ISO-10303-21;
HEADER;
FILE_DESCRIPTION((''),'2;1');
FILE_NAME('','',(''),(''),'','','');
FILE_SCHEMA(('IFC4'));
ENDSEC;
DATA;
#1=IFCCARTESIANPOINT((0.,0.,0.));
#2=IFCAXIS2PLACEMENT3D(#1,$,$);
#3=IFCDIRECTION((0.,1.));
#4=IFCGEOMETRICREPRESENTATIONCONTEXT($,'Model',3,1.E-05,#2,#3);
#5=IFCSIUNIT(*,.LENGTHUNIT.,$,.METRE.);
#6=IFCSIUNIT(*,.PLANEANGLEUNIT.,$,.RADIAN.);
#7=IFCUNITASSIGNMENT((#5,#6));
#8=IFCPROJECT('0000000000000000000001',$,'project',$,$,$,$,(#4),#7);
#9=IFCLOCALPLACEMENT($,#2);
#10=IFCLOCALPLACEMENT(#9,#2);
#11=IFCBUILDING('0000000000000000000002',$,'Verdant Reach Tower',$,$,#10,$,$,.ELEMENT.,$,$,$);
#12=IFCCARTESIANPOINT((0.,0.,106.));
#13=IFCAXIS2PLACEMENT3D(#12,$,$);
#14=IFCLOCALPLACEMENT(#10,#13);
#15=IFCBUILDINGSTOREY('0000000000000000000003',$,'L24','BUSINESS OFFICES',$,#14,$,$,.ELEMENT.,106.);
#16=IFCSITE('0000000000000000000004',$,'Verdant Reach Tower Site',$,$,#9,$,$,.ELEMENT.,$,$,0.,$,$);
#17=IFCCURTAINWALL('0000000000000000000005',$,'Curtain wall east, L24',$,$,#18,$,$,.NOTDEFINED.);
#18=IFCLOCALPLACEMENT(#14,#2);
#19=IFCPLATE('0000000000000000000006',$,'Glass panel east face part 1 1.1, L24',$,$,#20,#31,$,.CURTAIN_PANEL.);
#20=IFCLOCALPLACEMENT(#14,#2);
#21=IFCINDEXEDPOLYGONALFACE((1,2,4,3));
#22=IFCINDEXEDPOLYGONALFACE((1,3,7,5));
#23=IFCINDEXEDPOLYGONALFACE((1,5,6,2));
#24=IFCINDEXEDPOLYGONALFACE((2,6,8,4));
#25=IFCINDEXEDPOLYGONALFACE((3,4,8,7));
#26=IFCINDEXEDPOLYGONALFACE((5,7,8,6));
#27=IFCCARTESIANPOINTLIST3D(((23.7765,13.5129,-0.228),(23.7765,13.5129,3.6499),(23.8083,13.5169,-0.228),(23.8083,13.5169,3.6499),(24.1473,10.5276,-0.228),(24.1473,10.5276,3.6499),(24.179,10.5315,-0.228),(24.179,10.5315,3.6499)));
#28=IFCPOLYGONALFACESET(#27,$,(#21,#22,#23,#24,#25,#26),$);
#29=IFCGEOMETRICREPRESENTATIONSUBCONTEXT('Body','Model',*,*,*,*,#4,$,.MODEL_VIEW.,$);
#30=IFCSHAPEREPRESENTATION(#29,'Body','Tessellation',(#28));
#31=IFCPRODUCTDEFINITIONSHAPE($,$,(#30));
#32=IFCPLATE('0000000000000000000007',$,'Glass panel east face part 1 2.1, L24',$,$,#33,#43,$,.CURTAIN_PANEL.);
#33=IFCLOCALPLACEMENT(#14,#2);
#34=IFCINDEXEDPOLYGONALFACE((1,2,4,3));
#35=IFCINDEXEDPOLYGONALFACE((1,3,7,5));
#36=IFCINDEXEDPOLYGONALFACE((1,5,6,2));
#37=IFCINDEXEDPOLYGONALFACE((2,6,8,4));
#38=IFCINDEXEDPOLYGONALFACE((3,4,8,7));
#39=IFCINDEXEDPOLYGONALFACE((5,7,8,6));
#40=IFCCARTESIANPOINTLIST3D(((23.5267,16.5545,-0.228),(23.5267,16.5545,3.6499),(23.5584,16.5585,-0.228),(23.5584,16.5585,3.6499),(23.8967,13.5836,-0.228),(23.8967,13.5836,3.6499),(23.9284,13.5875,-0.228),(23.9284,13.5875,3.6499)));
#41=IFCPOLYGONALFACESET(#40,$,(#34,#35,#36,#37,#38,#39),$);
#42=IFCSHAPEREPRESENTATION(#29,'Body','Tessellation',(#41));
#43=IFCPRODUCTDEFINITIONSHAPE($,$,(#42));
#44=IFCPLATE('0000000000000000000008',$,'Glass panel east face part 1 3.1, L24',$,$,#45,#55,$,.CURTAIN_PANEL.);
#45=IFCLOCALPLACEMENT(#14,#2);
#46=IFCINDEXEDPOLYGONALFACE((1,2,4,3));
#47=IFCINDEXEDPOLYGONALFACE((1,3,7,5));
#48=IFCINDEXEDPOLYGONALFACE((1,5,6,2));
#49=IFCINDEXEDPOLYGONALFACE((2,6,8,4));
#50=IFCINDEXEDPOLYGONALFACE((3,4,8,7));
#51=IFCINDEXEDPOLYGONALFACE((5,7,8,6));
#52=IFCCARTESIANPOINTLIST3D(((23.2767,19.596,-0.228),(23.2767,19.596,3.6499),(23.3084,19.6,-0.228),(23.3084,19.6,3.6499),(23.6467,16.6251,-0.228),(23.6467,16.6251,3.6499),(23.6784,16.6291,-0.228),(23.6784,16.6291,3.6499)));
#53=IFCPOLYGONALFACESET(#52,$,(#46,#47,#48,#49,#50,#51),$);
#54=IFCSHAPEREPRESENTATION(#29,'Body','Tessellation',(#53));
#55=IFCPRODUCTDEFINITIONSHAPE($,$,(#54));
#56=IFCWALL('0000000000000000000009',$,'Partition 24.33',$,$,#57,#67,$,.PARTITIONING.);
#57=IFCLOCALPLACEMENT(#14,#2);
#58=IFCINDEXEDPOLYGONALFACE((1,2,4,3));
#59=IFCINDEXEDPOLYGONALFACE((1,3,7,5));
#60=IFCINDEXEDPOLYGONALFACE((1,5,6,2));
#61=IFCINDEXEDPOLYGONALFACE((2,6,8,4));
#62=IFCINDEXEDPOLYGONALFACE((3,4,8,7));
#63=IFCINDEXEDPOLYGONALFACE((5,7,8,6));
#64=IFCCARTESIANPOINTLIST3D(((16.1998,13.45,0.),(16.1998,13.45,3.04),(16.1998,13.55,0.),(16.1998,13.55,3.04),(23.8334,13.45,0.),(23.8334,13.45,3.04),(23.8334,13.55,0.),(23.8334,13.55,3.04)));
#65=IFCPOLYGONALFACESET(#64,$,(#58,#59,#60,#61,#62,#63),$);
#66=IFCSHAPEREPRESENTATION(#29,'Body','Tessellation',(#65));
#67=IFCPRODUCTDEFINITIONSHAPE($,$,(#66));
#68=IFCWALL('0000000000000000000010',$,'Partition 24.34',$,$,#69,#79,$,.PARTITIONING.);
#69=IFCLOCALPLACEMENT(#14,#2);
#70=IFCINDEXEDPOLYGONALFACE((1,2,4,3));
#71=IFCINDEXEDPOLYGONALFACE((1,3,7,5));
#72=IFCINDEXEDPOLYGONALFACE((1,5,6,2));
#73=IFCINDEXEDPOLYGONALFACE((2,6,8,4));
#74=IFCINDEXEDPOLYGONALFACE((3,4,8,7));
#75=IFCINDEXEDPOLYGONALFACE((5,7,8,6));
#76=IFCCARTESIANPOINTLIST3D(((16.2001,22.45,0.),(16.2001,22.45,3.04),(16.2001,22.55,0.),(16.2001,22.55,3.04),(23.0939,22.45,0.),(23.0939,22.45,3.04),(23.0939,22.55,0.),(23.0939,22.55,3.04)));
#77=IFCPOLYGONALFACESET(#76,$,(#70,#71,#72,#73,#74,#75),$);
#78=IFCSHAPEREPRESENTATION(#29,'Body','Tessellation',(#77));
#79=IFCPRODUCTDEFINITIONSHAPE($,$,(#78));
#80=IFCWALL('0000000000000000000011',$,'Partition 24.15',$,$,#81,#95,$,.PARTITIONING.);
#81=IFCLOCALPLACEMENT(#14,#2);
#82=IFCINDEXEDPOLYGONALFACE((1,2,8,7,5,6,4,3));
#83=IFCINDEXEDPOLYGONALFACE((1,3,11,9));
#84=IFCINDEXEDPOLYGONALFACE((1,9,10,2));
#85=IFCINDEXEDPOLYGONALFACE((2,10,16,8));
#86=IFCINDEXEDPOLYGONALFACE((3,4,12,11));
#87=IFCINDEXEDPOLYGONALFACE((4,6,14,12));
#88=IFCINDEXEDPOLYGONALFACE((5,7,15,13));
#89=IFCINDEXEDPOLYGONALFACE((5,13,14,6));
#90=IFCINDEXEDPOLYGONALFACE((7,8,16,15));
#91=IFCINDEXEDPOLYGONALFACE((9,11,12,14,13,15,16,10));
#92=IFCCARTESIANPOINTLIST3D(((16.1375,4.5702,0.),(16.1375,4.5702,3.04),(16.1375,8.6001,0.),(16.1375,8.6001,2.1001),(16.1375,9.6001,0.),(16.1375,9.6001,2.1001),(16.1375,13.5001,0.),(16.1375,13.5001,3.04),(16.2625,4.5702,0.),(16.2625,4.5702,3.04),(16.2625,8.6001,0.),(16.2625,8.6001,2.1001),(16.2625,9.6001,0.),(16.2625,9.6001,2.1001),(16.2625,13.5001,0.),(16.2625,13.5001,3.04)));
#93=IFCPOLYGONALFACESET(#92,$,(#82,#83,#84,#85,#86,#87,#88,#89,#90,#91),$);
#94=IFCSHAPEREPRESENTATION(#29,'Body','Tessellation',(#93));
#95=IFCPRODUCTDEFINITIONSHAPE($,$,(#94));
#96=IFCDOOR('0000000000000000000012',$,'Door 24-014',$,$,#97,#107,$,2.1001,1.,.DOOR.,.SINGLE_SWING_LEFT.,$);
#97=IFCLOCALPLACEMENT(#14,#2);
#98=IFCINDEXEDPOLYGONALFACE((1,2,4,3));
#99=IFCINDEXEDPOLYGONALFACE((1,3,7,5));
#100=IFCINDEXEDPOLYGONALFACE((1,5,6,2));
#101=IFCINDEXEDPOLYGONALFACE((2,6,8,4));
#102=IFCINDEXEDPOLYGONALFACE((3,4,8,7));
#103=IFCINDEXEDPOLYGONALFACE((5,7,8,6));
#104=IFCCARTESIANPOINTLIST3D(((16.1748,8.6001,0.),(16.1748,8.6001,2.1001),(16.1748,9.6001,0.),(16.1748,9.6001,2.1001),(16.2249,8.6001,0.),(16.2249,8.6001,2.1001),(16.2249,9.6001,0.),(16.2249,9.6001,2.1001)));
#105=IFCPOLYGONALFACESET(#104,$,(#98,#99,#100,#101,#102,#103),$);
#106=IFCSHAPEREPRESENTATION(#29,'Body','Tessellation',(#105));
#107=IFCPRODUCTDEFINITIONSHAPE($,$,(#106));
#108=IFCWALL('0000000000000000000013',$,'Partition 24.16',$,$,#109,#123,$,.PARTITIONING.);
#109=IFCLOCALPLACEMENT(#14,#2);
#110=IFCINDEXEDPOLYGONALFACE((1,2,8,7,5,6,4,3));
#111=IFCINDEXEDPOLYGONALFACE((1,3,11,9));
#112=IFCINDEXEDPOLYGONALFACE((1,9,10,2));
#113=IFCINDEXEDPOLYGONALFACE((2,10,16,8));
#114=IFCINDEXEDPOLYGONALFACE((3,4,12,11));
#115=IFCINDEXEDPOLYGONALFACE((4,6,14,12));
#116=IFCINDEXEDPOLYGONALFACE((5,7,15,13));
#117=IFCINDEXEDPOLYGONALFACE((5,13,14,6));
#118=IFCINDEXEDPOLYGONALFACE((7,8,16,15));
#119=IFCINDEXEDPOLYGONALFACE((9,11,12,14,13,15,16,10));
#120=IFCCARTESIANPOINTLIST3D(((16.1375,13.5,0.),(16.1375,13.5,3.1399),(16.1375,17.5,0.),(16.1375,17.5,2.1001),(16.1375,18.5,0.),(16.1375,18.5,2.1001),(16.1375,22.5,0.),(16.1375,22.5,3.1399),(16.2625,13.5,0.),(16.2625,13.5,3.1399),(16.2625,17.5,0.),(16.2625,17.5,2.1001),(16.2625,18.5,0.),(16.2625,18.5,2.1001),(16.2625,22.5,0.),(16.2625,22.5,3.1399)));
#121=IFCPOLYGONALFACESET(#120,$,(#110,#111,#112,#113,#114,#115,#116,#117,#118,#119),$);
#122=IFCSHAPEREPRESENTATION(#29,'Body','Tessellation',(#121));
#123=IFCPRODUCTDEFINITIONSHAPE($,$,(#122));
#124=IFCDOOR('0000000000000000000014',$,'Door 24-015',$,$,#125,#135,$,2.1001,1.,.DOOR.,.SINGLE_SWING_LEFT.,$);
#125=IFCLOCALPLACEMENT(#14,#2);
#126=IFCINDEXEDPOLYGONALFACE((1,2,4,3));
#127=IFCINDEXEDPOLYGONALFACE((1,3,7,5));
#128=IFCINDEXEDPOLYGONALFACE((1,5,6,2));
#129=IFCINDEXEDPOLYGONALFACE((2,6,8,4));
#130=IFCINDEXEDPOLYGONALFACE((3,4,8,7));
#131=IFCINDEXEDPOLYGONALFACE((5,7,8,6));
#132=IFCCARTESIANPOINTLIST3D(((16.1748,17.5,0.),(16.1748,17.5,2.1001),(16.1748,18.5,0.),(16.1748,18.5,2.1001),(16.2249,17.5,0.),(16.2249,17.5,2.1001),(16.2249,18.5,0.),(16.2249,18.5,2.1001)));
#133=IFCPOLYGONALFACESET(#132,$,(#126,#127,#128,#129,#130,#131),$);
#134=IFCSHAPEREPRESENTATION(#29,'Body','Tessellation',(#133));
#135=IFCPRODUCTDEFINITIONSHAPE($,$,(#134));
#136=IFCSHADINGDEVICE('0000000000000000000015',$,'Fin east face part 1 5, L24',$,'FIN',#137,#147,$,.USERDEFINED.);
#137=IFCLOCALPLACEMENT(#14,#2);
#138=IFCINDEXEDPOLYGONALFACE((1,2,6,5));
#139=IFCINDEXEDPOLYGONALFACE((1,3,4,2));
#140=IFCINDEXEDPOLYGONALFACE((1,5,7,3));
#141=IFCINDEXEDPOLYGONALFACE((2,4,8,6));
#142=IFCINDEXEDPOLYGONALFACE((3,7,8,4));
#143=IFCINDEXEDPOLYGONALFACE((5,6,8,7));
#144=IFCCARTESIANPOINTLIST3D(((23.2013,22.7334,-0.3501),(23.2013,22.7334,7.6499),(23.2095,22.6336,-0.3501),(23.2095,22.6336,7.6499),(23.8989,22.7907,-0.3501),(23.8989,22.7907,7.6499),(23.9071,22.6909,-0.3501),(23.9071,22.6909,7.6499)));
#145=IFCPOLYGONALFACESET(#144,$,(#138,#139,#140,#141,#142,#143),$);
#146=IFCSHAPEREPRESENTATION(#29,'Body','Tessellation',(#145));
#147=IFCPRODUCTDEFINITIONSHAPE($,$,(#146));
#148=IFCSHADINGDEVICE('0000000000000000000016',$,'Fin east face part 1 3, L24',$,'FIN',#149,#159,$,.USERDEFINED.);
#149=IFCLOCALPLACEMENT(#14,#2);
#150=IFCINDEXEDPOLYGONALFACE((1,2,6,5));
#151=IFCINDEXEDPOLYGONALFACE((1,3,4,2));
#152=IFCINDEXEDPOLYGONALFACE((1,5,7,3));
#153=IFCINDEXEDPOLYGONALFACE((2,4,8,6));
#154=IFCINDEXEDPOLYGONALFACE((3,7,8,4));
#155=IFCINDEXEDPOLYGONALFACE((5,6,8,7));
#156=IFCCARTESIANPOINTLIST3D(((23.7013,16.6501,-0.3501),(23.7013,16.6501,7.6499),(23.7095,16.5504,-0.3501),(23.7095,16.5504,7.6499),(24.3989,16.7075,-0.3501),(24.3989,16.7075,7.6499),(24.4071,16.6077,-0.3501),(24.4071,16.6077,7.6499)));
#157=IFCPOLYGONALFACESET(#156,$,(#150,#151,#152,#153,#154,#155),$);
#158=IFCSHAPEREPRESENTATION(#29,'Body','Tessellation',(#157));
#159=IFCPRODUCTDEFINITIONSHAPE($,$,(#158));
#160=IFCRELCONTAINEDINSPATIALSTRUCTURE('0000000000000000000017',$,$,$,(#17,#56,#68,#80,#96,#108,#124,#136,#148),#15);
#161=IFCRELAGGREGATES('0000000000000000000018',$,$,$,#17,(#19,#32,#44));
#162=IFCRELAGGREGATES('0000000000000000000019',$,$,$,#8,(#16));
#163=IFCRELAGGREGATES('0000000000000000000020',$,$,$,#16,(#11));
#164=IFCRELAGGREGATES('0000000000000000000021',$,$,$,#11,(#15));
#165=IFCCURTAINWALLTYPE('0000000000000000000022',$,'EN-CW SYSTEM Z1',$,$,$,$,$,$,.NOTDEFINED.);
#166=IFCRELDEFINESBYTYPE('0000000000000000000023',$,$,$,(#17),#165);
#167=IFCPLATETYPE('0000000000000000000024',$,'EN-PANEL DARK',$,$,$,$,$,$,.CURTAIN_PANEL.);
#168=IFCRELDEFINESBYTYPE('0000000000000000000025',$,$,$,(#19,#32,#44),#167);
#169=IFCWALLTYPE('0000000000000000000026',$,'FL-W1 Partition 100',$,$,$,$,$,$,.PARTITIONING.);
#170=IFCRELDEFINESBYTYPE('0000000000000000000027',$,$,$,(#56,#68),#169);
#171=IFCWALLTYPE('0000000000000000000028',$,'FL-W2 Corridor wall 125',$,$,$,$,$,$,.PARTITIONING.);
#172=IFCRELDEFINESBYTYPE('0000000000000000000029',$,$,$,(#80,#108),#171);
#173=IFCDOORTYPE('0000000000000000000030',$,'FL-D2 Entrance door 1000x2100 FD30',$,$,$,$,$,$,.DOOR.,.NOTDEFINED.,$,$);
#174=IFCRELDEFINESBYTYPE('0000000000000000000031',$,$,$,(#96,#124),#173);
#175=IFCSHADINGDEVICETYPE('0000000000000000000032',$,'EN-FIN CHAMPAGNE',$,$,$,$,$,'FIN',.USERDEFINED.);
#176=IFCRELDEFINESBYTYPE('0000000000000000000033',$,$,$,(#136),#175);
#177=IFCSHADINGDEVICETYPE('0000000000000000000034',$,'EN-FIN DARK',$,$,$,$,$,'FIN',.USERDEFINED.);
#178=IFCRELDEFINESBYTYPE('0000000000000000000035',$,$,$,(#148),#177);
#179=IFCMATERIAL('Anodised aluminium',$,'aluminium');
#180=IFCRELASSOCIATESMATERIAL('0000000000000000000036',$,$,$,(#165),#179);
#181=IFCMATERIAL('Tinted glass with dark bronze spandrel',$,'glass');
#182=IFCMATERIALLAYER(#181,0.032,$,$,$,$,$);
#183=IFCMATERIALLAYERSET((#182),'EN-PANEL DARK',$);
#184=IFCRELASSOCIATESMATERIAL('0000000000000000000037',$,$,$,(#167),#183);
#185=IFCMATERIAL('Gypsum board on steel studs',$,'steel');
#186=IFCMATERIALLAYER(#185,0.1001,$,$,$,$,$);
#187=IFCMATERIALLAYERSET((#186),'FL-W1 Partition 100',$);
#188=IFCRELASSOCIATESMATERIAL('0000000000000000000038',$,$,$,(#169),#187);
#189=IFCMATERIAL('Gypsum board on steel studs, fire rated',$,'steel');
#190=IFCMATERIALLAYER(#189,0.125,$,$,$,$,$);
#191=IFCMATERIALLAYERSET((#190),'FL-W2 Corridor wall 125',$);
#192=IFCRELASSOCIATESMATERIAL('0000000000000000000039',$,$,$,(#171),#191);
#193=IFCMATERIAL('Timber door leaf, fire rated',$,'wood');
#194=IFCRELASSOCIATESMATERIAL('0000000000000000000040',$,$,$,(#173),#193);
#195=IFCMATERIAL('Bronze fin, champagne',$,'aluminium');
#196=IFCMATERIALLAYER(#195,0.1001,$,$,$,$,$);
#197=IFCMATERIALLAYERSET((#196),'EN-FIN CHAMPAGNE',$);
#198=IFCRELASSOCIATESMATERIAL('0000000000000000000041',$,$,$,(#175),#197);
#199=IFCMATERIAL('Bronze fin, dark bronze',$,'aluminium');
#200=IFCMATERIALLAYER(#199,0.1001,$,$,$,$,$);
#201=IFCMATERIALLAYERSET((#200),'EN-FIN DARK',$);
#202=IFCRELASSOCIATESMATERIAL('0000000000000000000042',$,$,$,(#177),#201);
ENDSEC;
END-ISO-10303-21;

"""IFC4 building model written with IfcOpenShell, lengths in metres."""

from ifc_helpers import new_model, si_unit, direction, frame, frame_2d, origin, origin_2d, place, context, subcontext, project, spatial, rectangle, extrude, material, layer, layer_set, type_object, element, fill, aggregate, save


model = new_model("IFC4")

# Units and contexts
model_context = context("Model", 3, precision=1e-05, world=origin(), true_north=direction((0.0, 1.0)))
body_context = subcontext(model_context, "Body", "Model", "MODEL_VIEW")
ifc_project = project(units=[si_unit("LENGTHUNIT", "METRE"), si_unit("PLANEANGLEUNIT", "RADIAN")], contexts=[model_context])

# Site, building, storey
site_placement = place(None, origin())
site = spatial("IfcSite", under=ifc_project, at=site_placement, Name="Verdant Reach Tower Site", CompositionType="ELEMENT", RefElevation=0.0)
building_placement = place(site_placement, origin())
building = spatial("IfcBuilding", under=site, at=building_placement, Name="Verdant Reach Tower", CompositionType="ELEMENT")
storey_placement = place(building_placement, frame((0.0, 0.0, 106.0)))
storey = spatial("IfcBuildingStorey", under=building, at=storey_placement, Name="L24", Description="BUSINESS OFFICES", CompositionType="ELEMENT", Elevation=106.0)

# Curtain wall
ifc_material_1 = material(Name="Anodised aluminium", Category="aluminium")
curtain_wall_type = type_object("IfcCurtainWallType", Name="EN-CW SYSTEM Z1", PredefinedType="NOTDEFINED", material=ifc_material_1)
curtain_wall_placement = place(storey_placement, origin())
curtain_wall = element("IfcCurtainWall", 1, at=curtain_wall_placement, inside=storey, type_object=curtain_wall_type, Name="Curtain wall east, L24", PredefinedType="NOTDEFINED")

# Plates
ifc_material_2 = material(Name="Tinted glass with dark bronze spandrel", Category="glass")
ifc_layer_1 = layer(ifc_material_2, 0.032)
ifc_layer_set_1 = layer_set([ifc_layer_1], Name="EN-PANEL DARK")
plate_type_1 = type_object("IfcPlateType", Name="EN-PANEL DARK", PredefinedType="CURTAIN_PANEL", material=ifc_layer_set_1)
plate_1_placement = place(storey_placement, frame((23.9778, 12.0222, -0.228), z_axis=(0.0, 0.0, 1.0), x_axis=(-0.123256, 0.992375, 0.0)))
plate_1 = element("IfcPlate", 2, at=plate_1_placement, type_object=plate_type_1, Name="Glass panel east face part 1 1.1, L24", PredefinedType="CURTAIN_PANEL", context=body_context, shape_type="SweptSolid", body=[
    extrude(rectangle(XDim=3.0083, YDim=0.032, at=origin_2d()), origin(), (0.0, 0.0, 1.0), 3.8779),
])
plate_2_placement = place(storey_placement, frame((23.7275, 15.071, -0.228), z_axis=(0.0, 0.0, 1.0), x_axis=(-0.123579, 0.992335, 0.0)))
plate_2 = element("IfcPlate", 3, at=plate_2_placement, type_object=plate_type_1, Name="Glass panel east face part 1 2.1, L24", PredefinedType="CURTAIN_PANEL", context=body_context, shape_type="SweptSolid", body=[
    extrude(rectangle(XDim=2.9939, YDim=0.032, at=origin_2d()), origin(), (0.0, 0.0, 1.0), 3.8779),
])
plate_3_placement = place(storey_placement, frame((23.4775, 18.1125, -0.228), z_axis=(0.0, 0.0, 1.0), x_axis=(-0.123579, 0.992335, 0.0)))
plate_3 = element("IfcPlate", 4, at=plate_3_placement, type_object=plate_type_1, Name="Glass panel east face part 1 3.1, L24", PredefinedType="CURTAIN_PANEL", context=body_context, shape_type="SweptSolid", body=[
    extrude(rectangle(XDim=2.9939, YDim=0.032, at=origin_2d()), origin(), (0.0, 0.0, 1.0), 3.8779),
])
aggregate(curtain_wall, [plate_1, plate_2, plate_3])

# Walls
ifc_material_3 = material(Name="Gypsum board on steel studs", Category="steel")
ifc_layer_2 = layer(ifc_material_3, 0.1001)
ifc_layer_set_2 = layer_set([ifc_layer_2], Name="FL-W1 Partition 100")
wall_type_1 = type_object("IfcWallType", Name="FL-W1 Partition 100", PredefinedType="PARTITIONING", material=ifc_layer_set_2)
wall_1_placement = place(storey_placement, frame((23.8335, 13.5, 0.0), z_axis=(0.0, 0.0, 1.0), x_axis=(-1.0, 0.0, 0.0)))
element("IfcWall", 5, at=wall_1_placement, inside=storey, type_object=wall_type_1, Name="Partition 24.33", PredefinedType="PARTITIONING", context=body_context, shape_type="SweptSolid", body=[
    extrude(rectangle(XDim=7.6335, YDim=0.1001, at=frame_2d((3.8169, 0.0))), origin(), (0.0, 0.0, 1.0), 3.04),
])
wall_2_placement = place(storey_placement, frame((23.0938, 22.5, 0.0), z_axis=(0.0, 0.0, 1.0), x_axis=(-1.0, 0.0, 0.0)))
element("IfcWall", 6, at=wall_2_placement, inside=storey, type_object=wall_type_1, Name="Partition 24.34", PredefinedType="PARTITIONING", context=body_context, shape_type="SweptSolid", body=[
    extrude(rectangle(XDim=6.8938, YDim=0.1001, at=frame_2d((3.4468, 0.0))), origin(), (0.0, 0.0, 1.0), 3.04),
])

# Walls, openings, doors
ifc_material_4 = material(Name="Gypsum board on steel studs, fire rated", Category="steel")
ifc_layer_3 = layer(ifc_material_4, 0.125)
ifc_layer_set_3 = layer_set([ifc_layer_3], Name="FL-W2 Corridor wall 125")
wall_type_2 = type_object("IfcWallType", Name="FL-W2 Corridor wall 125", PredefinedType="PARTITIONING", material=ifc_layer_set_3)
wall_3_placement = place(storey_placement, frame((16.2, 13.5, 0.0), z_axis=(0.0, 0.0, 1.0), x_axis=(0.0, -1.0, 0.0)))
wall_3 = element("IfcWall", 7, at=wall_3_placement, inside=storey, type_object=wall_type_2, Name="Partition 24.15", PredefinedType="PARTITIONING", context=body_context, shape_type="SweptSolid", body=[
    extrude(rectangle(XDim=8.9299, YDim=0.125, at=frame_2d((4.4648, 0.0))), origin(), (0.0, 0.0, 1.0), 3.04),
])
opening_1_placement = place(wall_3_placement, frame((3.8999, 0.0, 0.0)))
opening_1 = element("IfcOpeningElement", 8, at=opening_1_placement, cuts=wall_3, PredefinedType="OPENING", context=body_context, shape_type="SweptSolid", body=[
    extrude(rectangle(XDim=1.0, YDim=2.1001, at=frame_2d((0.5, 1.05))), frame((0.0, 0.0725, 0.0), z_axis=(0.0, -1.0, 0.0), x_axis=(1.0, 0.0, 0.0)), (0.0, 0.0, 1.0), 0.145),
])
ifc_material_5 = material(Name="Timber door leaf, fire rated", Category="wood")
door_type = type_object("IfcDoorType", Name="FL-D2 Entrance door 1000x2100 FD30", OperationType="NOTDEFINED", PredefinedType="DOOR", material=ifc_material_5)
door_1_placement = place(opening_1_placement, origin())
door_1 = element("IfcDoor", 9, at=door_1_placement, inside=storey, type_object=door_type, Name="Door 24-014", OperationType="SINGLE_SWING_LEFT", OverallHeight=2.1001, OverallWidth=1.0, PredefinedType="DOOR", context=body_context, shape_type="SweptSolid", body=[
    extrude(rectangle(XDim=1.0, YDim=2.1001, at=frame_2d((0.5, 1.05))), frame((0.0, 0.0249, 0.0), z_axis=(0.0, -1.0, 0.0), x_axis=(1.0, 0.0, 0.0)), (0.0, 0.0, 1.0), 0.05),
])
fill(opening_1, door_1)
wall_4_placement = place(storey_placement, frame((16.2, 22.5, 0.0), z_axis=(0.0, 0.0, 1.0), x_axis=(0.0, -1.0, 0.0)))
wall_4 = element("IfcWall", 10, at=wall_4_placement, inside=storey, type_object=wall_type_2, Name="Partition 24.16", PredefinedType="PARTITIONING", context=body_context, shape_type="SweptSolid", body=[
    extrude(rectangle(XDim=9.0, YDim=0.125, at=frame_2d((4.5, 0.0))), origin(), (0.0, 0.0, 1.0), 3.1399),
])
opening_2_placement = place(wall_4_placement, frame((4.0, 0.0, 0.0)))
opening_2 = element("IfcOpeningElement", 11, at=opening_2_placement, cuts=wall_4, PredefinedType="OPENING", context=body_context, shape_type="SweptSolid", body=[
    extrude(rectangle(XDim=1.0, YDim=2.1001, at=frame_2d((0.5, 1.05))), frame((0.0, 0.0725, 0.0), z_axis=(0.0, -1.0, 0.0), x_axis=(1.0, 0.0, 0.0)), (0.0, 0.0, 1.0), 0.145),
])
door_2_placement = place(opening_2_placement, origin())
door_2 = element("IfcDoor", 12, at=door_2_placement, inside=storey, type_object=door_type, Name="Door 24-015", OperationType="SINGLE_SWING_LEFT", OverallHeight=2.1001, OverallWidth=1.0, PredefinedType="DOOR", context=body_context, shape_type="SweptSolid", body=[
    extrude(rectangle(XDim=1.0, YDim=2.1001, at=frame_2d((0.5, 1.05))), frame((0.0, 0.0249, 0.0), z_axis=(0.0, -1.0, 0.0), x_axis=(1.0, 0.0, 0.0)), (0.0, 0.0, 1.0), 0.05),
])
fill(opening_2, door_2)

# Shading devices
ifc_material_6 = material(Name="Bronze fin, champagne", Category="aluminium")
ifc_layer_4 = layer(ifc_material_6, 0.1001)
ifc_layer_set_4 = layer_set([ifc_layer_4], Name="EN-FIN CHAMPAGNE")
shading_device_type_1 = type_object("IfcShadingDeviceType", Name="EN-FIN CHAMPAGNE", ElementType="FIN", PredefinedType="USERDEFINED", material=ifc_layer_set_4)
shading_device_1_placement = place(storey_placement, frame((23.5542, 22.7122, -0.3501), z_axis=(0.0, 0.0, 1.0), x_axis=(-0.081916, 0.996639, 0.0)))
element("IfcShadingDevice", 13, at=shading_device_1_placement, inside=storey, type_object=shading_device_type_1, Name="Fin east face part 1 5, L24", ObjectType="FIN", PredefinedType="USERDEFINED", context=body_context, shape_type="SweptSolid", body=[
    extrude(rectangle(XDim=0.1001, YDim=0.7, at=origin_2d()), origin(), (0.0, 0.0, 1.0), 8.0),
])
ifc_material_7 = material(Name="Bronze fin, dark bronze", Category="aluminium")
ifc_layer_5 = layer(ifc_material_7, 0.1001)
ifc_layer_set_5 = layer_set([ifc_layer_5], Name="EN-FIN DARK")
shading_device_type_2 = type_object("IfcShadingDeviceType", Name="EN-FIN DARK", ElementType="FIN", PredefinedType="USERDEFINED", material=ifc_layer_set_5)
shading_device_2_placement = place(storey_placement, frame((24.0542, 16.6289, -0.3501), z_axis=(0.0, 0.0, 1.0), x_axis=(-0.081916, 0.996639, 0.0)))
element("IfcShadingDevice", 14, at=shading_device_2_placement, inside=storey, type_object=shading_device_type_2, Name="Fin east face part 1 3, L24", ObjectType="FIN", PredefinedType="USERDEFINED", context=body_context, shape_type="SweptSolid", body=[
    extrude(rectangle(XDim=0.1001, YDim=0.7, at=origin_2d()), origin(), (0.0, 0.0, 1.0), 8.0),
])

save(model, "model.ifc")
